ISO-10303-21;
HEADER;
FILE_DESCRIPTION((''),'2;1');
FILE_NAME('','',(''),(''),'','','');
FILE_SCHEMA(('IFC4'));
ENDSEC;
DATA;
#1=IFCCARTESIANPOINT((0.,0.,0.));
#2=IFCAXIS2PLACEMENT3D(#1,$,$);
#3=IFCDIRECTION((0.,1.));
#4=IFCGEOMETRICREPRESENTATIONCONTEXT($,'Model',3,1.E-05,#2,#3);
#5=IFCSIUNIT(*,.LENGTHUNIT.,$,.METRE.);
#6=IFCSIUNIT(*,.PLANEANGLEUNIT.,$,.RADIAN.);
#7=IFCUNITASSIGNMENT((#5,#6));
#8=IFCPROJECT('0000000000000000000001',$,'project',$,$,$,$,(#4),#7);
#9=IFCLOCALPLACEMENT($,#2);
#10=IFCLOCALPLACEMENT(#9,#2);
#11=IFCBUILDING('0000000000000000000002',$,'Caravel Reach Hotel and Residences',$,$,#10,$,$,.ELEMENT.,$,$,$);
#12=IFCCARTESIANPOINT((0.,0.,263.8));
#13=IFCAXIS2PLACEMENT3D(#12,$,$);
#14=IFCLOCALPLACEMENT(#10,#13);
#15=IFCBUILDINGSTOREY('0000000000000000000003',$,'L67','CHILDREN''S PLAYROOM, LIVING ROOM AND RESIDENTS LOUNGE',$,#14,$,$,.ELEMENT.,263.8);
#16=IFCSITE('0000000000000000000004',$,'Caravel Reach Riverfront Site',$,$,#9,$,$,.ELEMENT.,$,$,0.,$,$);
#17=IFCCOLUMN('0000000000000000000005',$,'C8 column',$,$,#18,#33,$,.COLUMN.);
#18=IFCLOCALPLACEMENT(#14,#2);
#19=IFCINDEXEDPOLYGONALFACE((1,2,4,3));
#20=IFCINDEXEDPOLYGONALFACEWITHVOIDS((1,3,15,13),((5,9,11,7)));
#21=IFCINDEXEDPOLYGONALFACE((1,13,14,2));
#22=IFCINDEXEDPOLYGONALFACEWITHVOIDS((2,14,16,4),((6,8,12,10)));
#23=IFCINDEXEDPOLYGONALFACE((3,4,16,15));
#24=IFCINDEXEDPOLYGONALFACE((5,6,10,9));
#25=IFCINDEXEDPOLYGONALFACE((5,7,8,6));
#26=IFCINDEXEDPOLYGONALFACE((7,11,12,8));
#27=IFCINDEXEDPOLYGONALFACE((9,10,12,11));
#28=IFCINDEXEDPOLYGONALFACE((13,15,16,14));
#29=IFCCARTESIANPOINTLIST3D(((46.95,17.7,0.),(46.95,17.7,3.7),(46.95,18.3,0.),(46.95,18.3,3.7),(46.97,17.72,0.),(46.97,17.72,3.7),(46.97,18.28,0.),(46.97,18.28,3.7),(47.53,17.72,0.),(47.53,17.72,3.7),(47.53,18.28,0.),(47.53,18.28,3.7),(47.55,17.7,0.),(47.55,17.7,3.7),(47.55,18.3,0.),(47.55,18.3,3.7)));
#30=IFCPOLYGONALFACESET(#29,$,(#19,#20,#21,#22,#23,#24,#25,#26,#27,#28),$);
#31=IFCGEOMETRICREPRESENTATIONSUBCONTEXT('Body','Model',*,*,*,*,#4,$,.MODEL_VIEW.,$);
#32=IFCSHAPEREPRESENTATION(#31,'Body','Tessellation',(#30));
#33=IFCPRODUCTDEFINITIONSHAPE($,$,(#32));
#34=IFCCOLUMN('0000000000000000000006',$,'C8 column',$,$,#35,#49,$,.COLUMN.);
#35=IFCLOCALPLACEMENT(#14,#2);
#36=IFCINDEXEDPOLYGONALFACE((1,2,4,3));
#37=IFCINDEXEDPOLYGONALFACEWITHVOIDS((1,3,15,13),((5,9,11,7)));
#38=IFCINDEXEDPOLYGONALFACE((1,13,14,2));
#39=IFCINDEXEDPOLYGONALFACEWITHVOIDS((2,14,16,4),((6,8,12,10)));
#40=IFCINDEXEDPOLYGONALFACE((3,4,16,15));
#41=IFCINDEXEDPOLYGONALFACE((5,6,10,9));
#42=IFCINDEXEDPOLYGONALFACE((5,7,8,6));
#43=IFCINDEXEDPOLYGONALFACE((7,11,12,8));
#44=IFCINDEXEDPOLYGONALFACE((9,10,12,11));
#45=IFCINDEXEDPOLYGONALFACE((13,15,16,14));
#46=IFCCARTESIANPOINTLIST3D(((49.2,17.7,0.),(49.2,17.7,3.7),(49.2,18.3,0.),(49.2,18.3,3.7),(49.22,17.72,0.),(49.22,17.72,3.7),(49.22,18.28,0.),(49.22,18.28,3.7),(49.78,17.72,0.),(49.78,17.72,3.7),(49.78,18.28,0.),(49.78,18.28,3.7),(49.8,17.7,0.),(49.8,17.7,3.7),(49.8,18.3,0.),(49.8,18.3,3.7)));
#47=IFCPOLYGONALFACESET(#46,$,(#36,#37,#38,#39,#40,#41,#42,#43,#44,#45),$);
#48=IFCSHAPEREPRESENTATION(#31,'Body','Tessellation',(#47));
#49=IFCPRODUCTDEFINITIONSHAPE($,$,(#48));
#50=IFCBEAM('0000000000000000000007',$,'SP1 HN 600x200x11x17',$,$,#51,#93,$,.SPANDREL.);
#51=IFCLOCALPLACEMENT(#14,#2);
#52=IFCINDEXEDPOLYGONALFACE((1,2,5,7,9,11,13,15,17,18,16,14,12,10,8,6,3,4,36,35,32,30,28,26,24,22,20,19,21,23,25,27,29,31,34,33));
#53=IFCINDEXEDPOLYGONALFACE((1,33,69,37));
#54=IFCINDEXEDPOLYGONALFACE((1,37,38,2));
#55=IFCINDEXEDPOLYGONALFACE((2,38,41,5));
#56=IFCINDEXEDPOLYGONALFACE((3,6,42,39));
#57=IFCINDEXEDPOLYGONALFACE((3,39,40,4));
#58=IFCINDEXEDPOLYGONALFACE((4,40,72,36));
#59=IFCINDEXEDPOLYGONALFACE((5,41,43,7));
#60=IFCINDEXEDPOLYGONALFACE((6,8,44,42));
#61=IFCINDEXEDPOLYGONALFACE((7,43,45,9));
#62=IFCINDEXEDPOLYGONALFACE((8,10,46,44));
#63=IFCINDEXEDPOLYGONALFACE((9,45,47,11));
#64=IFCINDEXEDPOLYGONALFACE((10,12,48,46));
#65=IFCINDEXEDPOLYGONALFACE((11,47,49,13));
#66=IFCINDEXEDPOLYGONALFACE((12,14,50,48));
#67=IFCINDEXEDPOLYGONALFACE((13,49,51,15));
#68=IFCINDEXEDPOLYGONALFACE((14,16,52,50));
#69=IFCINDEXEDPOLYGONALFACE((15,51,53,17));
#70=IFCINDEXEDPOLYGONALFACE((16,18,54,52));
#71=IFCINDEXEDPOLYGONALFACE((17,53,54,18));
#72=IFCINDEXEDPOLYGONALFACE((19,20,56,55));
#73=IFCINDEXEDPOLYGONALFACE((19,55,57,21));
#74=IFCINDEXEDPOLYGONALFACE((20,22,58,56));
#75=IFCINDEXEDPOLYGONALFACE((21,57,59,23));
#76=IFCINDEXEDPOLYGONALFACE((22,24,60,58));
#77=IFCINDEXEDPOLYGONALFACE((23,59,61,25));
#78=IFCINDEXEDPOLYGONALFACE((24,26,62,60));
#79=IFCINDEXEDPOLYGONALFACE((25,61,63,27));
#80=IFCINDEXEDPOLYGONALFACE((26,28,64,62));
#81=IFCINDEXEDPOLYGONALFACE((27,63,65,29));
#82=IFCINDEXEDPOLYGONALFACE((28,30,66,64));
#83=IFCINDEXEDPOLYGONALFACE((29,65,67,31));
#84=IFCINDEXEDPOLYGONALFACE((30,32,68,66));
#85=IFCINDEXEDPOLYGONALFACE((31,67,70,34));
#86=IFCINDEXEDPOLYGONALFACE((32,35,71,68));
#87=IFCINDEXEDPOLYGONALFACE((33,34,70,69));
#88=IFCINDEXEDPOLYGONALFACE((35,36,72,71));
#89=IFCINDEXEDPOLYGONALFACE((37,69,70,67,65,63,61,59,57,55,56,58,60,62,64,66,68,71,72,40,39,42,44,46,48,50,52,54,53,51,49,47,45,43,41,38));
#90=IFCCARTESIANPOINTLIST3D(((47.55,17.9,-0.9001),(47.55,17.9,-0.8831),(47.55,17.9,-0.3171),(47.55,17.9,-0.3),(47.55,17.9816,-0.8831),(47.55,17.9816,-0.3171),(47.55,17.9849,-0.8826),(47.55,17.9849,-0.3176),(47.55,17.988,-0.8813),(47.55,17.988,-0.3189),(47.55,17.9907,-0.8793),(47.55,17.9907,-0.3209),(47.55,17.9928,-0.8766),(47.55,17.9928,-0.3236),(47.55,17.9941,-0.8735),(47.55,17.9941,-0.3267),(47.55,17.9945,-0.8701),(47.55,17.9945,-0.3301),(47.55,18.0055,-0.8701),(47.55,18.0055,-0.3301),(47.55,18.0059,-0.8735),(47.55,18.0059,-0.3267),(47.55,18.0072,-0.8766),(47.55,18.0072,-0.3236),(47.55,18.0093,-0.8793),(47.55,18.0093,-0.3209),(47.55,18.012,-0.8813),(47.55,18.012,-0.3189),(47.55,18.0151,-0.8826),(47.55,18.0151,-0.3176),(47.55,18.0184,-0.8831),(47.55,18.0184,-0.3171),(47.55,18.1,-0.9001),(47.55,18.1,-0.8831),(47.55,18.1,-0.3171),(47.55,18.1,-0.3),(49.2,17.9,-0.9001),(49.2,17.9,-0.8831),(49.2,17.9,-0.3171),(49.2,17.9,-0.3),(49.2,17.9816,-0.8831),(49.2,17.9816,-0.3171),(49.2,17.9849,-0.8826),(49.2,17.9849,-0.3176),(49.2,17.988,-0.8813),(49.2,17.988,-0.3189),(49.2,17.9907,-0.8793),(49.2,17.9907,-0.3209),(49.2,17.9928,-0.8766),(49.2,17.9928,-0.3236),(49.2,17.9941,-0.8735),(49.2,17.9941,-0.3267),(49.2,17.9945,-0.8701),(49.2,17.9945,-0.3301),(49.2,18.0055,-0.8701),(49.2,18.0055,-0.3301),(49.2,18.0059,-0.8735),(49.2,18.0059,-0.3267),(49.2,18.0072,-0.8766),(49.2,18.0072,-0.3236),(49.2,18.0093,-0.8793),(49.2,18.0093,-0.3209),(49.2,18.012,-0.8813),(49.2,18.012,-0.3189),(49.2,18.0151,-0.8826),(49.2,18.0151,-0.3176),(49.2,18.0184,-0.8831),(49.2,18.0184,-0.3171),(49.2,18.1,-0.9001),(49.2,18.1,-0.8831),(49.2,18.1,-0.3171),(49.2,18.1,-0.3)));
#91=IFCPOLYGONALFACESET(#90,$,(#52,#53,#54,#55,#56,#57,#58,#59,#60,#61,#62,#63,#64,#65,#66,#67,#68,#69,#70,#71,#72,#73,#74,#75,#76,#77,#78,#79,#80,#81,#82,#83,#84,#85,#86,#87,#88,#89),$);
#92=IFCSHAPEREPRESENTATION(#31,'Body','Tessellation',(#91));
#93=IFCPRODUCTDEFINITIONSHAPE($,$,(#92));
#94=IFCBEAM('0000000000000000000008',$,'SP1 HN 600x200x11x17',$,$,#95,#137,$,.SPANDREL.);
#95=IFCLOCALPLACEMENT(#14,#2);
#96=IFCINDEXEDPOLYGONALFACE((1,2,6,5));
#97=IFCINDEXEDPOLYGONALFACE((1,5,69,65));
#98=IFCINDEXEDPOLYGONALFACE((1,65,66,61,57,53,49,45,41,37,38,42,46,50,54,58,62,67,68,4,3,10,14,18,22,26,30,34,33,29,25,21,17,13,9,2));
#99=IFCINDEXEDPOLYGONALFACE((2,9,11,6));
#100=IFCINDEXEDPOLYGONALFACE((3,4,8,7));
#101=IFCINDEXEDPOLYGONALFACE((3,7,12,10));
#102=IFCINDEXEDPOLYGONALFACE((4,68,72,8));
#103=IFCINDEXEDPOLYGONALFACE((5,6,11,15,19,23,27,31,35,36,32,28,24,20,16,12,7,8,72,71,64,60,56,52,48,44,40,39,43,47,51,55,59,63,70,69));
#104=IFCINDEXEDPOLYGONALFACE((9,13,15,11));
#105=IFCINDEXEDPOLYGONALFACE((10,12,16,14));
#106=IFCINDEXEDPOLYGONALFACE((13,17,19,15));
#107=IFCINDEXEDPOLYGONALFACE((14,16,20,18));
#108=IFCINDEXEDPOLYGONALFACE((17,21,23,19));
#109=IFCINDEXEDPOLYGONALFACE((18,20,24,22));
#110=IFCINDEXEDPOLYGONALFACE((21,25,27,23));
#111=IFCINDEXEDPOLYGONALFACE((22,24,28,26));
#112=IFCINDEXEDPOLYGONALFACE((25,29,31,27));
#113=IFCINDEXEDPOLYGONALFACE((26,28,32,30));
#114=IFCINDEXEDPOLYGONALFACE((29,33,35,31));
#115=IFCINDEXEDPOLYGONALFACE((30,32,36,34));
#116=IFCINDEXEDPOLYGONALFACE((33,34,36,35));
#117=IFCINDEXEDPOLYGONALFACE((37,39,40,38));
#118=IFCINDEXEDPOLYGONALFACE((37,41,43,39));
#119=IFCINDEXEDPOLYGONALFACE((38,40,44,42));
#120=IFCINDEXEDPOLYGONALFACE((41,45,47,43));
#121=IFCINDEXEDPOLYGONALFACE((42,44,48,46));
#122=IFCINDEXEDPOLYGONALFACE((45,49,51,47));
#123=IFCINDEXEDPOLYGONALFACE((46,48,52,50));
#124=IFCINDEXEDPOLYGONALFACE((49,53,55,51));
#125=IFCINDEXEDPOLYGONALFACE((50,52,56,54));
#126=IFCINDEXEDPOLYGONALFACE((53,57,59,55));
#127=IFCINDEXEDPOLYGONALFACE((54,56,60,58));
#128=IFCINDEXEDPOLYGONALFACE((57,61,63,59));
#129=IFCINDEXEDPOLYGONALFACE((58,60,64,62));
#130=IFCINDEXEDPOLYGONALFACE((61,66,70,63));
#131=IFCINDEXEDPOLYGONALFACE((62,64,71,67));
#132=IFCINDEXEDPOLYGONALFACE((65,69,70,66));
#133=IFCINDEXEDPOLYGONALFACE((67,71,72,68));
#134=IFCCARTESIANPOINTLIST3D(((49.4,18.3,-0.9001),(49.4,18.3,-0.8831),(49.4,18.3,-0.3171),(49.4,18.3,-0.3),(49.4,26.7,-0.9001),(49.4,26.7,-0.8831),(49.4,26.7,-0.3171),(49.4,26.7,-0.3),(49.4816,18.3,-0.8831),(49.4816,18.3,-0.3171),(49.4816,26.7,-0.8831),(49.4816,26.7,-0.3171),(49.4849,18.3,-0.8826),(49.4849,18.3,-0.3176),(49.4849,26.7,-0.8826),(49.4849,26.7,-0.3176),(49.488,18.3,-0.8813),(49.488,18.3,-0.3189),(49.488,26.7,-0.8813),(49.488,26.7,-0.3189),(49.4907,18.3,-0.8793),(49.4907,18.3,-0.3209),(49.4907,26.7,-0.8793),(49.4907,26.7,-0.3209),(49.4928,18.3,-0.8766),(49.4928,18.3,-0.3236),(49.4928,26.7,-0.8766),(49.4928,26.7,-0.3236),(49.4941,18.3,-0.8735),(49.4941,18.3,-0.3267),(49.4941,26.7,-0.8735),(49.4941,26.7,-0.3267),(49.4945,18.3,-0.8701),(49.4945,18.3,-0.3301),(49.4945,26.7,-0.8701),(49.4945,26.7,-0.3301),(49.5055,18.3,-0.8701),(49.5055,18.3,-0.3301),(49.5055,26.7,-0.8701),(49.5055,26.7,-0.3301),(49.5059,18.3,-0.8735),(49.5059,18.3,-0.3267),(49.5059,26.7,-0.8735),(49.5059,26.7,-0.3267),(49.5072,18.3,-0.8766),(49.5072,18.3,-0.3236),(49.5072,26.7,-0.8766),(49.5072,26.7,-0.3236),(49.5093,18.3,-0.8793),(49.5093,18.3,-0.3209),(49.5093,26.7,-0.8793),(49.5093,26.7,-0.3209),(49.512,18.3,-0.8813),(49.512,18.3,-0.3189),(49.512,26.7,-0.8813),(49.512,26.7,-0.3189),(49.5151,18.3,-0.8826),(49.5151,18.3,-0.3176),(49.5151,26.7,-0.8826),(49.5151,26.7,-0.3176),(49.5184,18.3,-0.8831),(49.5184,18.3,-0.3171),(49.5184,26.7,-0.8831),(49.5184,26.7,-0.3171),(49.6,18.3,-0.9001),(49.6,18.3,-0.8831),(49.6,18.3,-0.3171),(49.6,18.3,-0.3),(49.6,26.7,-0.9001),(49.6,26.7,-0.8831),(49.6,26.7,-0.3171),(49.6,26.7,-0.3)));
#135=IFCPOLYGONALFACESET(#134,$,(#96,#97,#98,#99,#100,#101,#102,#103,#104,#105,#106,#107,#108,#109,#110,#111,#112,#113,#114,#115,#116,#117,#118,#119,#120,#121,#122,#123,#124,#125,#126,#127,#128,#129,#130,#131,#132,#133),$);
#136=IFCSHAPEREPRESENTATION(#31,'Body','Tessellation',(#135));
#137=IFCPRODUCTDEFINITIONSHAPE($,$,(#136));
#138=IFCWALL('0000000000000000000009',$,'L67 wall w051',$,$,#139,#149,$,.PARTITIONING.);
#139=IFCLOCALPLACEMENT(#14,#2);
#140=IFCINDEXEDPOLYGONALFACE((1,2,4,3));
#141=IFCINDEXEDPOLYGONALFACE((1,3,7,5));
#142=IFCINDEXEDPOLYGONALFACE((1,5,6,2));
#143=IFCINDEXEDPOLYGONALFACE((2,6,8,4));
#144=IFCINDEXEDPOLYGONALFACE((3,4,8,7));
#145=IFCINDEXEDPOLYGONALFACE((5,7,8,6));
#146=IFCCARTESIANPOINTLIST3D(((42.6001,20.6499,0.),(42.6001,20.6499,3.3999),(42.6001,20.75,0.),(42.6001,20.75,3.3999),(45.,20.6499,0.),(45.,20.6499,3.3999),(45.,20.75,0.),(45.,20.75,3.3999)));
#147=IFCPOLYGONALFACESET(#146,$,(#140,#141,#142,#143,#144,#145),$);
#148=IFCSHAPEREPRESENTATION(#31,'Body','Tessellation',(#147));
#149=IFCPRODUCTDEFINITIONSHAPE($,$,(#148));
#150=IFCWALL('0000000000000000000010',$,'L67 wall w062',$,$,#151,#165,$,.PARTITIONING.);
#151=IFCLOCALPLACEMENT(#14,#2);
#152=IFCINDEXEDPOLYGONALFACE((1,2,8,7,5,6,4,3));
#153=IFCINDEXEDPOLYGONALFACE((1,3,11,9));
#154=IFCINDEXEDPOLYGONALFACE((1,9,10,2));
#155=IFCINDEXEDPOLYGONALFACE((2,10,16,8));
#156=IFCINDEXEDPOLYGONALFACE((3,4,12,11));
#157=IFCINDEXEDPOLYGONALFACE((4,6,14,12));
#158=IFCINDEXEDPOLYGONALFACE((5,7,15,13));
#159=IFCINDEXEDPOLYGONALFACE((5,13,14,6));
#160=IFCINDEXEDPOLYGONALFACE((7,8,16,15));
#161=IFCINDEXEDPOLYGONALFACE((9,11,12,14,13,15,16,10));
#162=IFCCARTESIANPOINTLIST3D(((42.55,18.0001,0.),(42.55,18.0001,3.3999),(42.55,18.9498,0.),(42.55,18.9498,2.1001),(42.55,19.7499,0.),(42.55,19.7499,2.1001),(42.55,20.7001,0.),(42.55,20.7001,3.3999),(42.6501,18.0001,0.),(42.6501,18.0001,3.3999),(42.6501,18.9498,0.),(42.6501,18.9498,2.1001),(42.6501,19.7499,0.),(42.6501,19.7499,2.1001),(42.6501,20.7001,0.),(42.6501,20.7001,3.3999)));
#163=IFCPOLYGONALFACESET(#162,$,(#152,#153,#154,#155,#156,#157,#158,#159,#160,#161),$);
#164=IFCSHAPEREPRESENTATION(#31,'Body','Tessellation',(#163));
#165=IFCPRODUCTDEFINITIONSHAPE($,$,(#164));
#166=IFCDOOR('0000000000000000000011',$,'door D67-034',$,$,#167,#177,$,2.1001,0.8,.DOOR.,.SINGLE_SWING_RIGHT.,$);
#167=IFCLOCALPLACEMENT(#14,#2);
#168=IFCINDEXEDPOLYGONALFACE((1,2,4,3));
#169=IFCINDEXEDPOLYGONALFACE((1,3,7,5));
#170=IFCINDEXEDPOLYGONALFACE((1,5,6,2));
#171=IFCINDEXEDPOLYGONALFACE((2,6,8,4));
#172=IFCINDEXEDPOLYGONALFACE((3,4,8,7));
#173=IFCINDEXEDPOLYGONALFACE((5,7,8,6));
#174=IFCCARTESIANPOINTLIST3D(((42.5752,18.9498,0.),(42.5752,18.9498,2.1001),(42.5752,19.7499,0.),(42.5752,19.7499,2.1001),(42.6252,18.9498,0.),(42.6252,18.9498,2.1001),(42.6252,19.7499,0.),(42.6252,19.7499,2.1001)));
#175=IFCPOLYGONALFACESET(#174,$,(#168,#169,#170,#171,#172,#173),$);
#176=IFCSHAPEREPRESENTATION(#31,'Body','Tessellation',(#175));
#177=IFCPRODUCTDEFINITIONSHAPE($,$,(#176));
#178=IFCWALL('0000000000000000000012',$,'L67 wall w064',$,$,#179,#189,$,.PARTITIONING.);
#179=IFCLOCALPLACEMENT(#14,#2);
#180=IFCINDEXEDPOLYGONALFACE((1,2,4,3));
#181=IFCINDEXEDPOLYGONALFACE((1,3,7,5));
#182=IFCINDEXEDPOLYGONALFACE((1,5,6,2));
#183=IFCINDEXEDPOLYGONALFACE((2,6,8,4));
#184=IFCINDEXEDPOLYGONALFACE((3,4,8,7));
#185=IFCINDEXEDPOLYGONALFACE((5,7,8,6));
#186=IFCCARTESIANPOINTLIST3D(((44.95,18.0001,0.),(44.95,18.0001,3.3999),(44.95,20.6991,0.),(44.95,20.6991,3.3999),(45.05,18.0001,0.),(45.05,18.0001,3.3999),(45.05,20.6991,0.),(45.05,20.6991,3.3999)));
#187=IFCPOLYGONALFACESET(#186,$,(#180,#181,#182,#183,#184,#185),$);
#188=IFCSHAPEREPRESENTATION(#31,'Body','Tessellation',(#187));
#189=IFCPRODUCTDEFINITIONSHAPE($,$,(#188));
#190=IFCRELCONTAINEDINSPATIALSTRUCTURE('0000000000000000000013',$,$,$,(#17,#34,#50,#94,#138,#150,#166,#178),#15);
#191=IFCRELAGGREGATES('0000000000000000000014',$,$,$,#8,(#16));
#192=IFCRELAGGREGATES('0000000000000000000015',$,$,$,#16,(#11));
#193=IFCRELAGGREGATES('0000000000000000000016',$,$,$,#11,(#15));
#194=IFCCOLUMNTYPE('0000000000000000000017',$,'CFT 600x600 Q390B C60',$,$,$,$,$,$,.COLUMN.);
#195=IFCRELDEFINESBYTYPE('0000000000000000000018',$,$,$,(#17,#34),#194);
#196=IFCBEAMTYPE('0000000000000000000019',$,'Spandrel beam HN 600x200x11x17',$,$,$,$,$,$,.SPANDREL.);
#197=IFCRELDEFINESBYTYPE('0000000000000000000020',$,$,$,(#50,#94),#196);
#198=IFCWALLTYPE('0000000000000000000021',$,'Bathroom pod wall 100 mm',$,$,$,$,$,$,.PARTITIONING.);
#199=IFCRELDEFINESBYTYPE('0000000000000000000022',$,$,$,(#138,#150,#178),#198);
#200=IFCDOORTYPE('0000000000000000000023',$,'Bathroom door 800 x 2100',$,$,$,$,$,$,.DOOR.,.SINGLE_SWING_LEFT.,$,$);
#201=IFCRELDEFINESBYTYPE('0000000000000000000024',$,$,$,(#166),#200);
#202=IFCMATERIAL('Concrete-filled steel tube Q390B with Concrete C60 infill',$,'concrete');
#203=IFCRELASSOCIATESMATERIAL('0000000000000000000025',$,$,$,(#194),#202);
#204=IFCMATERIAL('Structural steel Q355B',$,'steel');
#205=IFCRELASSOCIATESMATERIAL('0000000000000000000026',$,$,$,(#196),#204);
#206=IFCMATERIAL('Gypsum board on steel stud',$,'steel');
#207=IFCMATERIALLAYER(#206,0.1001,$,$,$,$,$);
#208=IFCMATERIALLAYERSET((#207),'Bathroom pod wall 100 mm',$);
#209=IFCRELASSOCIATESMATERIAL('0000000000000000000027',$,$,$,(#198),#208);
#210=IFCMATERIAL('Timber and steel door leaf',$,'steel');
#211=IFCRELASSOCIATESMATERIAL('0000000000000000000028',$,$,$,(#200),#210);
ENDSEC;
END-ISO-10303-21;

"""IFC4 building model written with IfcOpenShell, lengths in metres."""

from ifc_helpers import new_model, si_unit, direction, frame, frame_2d, origin, origin_2d, place, context, subcontext, project, spatial, rectangle, hollow_rectangle, i_section, extrude, material, layer, layer_set, material_profile, profile_set, type_object, element, fill, save


model = new_model("IFC4")

# Units and contexts
model_context = context("Model", 3, precision=1e-05, world=origin(), true_north=direction((0.0, 1.0)))
body_context = subcontext(model_context, "Body", "Model", "MODEL_VIEW")
ifc_project = project(units=[si_unit("LENGTHUNIT", "METRE"), si_unit("PLANEANGLEUNIT", "RADIAN")], contexts=[model_context])

# Site, building, storey
site_placement = place(None, origin())
site = spatial("IfcSite", under=ifc_project, at=site_placement, Name="Caravel Reach Riverfront Site", CompositionType="ELEMENT", RefElevation=0.0)
building_placement = place(site_placement, origin())
building = spatial("IfcBuilding", under=site, at=building_placement, Name="Caravel Reach Hotel and Residences", CompositionType="ELEMENT")
storey_placement = place(building_placement, frame((0.0, 0.0, 263.8)))
storey = spatial("IfcBuildingStorey", under=building, at=storey_placement, Name="L67", Description="CHILDREN'S PLAYROOM, LIVING ROOM AND RESIDENTS LOUNGE", CompositionType="ELEMENT", Elevation=263.8)

# Columns
ifc_material_1 = material(Name="Concrete-filled steel tube Q390B with Concrete C60 infill", Category="concrete")
ifc_material_profile_1 = material_profile(ifc_material_1, hollow_rectangle(XDim=0.6001, YDim=0.6001, WallThickness=0.02, at=origin_2d()), Name="RHS 600x600x20")
ifc_profile_set_1 = profile_set([ifc_material_profile_1], Name="Concrete-filled steel tube Q390B with Concrete C60 infill")
column_type = type_object("IfcColumnType", Name="CFT 600x600 Q390B C60", PredefinedType="COLUMN", material=ifc_profile_set_1)
for number, where, z_axis, x_axis, name in (
    (1, (47.25, 18.0, 0.0), (0.0, 0.0, 1.0), (1.0, 0.0, 0.0), "C8 column"),
    (2, (49.5, 18.0, 0.0), (0.0, 0.0, 1.0), (1.0, 0.0, 0.0), "C8 column"),
):
    element("IfcColumn", number, at=place(storey_placement, frame(where, z_axis=z_axis, x_axis=x_axis)), inside=storey, type_object=column_type, Name=name, PredefinedType="COLUMN", context=body_context, shape_type="SweptSolid", body=[
        extrude(hollow_rectangle(XDim=0.6001, YDim=0.6001, WallThickness=0.02, at=origin_2d()), origin(), (0.0, 0.0, 1.0), 3.7),
    ])

# Beams
ifc_material_2 = material(Name="Structural steel Q355B", Category="steel")
ifc_material_profile_2 = material_profile(ifc_material_2, i_section(OverallWidth=0.2, OverallDepth=0.6001, WebThickness=0.011, FlangeThickness=0.0171, FilletRadius=0.0129, at=origin_2d()), Name="HN 600x200x11x17")
ifc_profile_set_2 = profile_set([ifc_material_profile_2], Name="Structural steel Q355B")
beam_type = type_object("IfcBeamType", Name="Spandrel beam HN 600x200x11x17", PredefinedType="SPANDREL", material=ifc_profile_set_2)
beam_1_placement = place(storey_placement, frame((47.55, 18.0, -0.6001), z_axis=(1.0, 0.0, 0.0), x_axis=(0.0, 1.0, 0.0)))
element("IfcBeam", 3, at=beam_1_placement, inside=storey, type_object=beam_type, Name="SP1 HN 600x200x11x17", PredefinedType="SPANDREL", context=body_context, shape_type="SweptSolid", body=[
    extrude(i_section(OverallWidth=0.2, OverallDepth=0.6001, WebThickness=0.011, FlangeThickness=0.0171, FilletRadius=0.0129, at=origin_2d()), origin(), (0.0, 0.0, 1.0), 1.6499),
])
beam_2_placement = place(storey_placement, frame((49.5, 18.3, -0.6001), z_axis=(0.0, 1.0, 0.0), x_axis=(-1.0, 0.0, 0.0)))
element("IfcBeam", 4, at=beam_2_placement, inside=storey, type_object=beam_type, Name="SP1 HN 600x200x11x17", PredefinedType="SPANDREL", context=body_context, shape_type="SweptSolid", body=[
    extrude(i_section(OverallWidth=0.2, OverallDepth=0.6001, WebThickness=0.011, FlangeThickness=0.0171, FilletRadius=0.0129, at=origin_2d()), origin(), (0.0, 0.0, 1.0), 8.3999),
])

# Wall
ifc_material_3 = material(Name="Gypsum board on steel stud", Category="steel")
ifc_layer_1 = layer(ifc_material_3, 0.1001)
ifc_layer_set_1 = layer_set([ifc_layer_1], Name="Bathroom pod wall 100 mm")
wall_type_1 = type_object("IfcWallType", Name="Bathroom pod wall 100 mm", PredefinedType="PARTITIONING", material=ifc_layer_set_1)
wall_1_placement = place(storey_placement, frame((42.6001, 20.7, 0.0), z_axis=(0.0, 0.0, 1.0), x_axis=(1.0, 0.0, 0.0)))
element("IfcWall", 5, at=wall_1_placement, inside=storey, type_object=wall_type_1, Name="L67 wall w051", PredefinedType="PARTITIONING", context=body_context, shape_type="SweptSolid", body=[
    extrude(rectangle(XDim=2.3999, YDim=0.1001, at=frame_2d((1.2, 0.0))), origin(), (0.0, 0.0, 1.0), 3.3999),
])

# Wall, opening, door
wall_2_placement = place(storey_placement, frame((42.6001, 18.0, 0.0), z_axis=(0.0, 0.0, 1.0), x_axis=(0.0, 1.0, 0.0)))
wall_2 = element("IfcWall", 6, at=wall_2_placement, inside=storey, type_object=wall_type_1, Name="L67 wall w062", PredefinedType="PARTITIONING", context=body_context, shape_type="SweptSolid", body=[
    extrude(rectangle(XDim=2.7, YDim=0.1001, at=frame_2d((1.3501, 0.0))), origin(), (0.0, 0.0, 1.0), 3.3999),
])
opening_1_placement = place(wall_2_placement, frame((0.95, 0.0, 0.0)))
opening_1 = element("IfcOpeningElement", 7, at=opening_1_placement, cuts=wall_2, PredefinedType="OPENING", context=body_context, shape_type="SweptSolid", body=[
    extrude(rectangle(XDim=0.8, YDim=2.1001, at=frame_2d((0.3999, 1.05))), frame((0.0, 0.0601, 0.0), z_axis=(0.0, -1.0, 0.0), x_axis=(1.0, 0.0, 0.0)), (0.0, 0.0, 1.0), 0.1201),
])
ifc_material_4 = material(Name="Timber and steel door leaf", Category="steel")
door_type_1 = type_object("IfcDoorType", Name="Bathroom door 800 x 2100", OperationType="SINGLE_SWING_LEFT", PredefinedType="DOOR", material=ifc_material_4)
door_1_placement = place(opening_1_placement, origin())
door_1 = element("IfcDoor", 8, at=door_1_placement, inside=storey, type_object=door_type_1, Name="door D67-034", OperationType="SINGLE_SWING_RIGHT", OverallHeight=2.1001, OverallWidth=0.8, PredefinedType="DOOR", context=body_context, shape_type="SweptSolid", body=[
    extrude(rectangle(XDim=0.8, YDim=2.1001, at=frame_2d((0.3999, 1.05))), frame((0.0, 0.0249, 0.0), z_axis=(0.0, -1.0, 0.0), x_axis=(1.0, 0.0, 0.0)), (0.0, 0.0, 1.0), 0.05),
])
fill(opening_1, door_1)

# Wall
wall_3_placement = place(storey_placement, frame((45.0, 18.0, 0.0), z_axis=(0.0, 0.0, 1.0), x_axis=(0.0, 1.0, 0.0)))
element("IfcWall", 9, at=wall_3_placement, inside=storey, type_object=wall_type_1, Name="L67 wall w064", PredefinedType="PARTITIONING", context=body_context, shape_type="SweptSolid", body=[
    extrude(rectangle(XDim=2.699, YDim=0.1001, at=frame_2d((1.3496, 0.0))), origin(), (0.0, 0.0, 1.0), 3.3999),
])

save(model, "model.ifc")
